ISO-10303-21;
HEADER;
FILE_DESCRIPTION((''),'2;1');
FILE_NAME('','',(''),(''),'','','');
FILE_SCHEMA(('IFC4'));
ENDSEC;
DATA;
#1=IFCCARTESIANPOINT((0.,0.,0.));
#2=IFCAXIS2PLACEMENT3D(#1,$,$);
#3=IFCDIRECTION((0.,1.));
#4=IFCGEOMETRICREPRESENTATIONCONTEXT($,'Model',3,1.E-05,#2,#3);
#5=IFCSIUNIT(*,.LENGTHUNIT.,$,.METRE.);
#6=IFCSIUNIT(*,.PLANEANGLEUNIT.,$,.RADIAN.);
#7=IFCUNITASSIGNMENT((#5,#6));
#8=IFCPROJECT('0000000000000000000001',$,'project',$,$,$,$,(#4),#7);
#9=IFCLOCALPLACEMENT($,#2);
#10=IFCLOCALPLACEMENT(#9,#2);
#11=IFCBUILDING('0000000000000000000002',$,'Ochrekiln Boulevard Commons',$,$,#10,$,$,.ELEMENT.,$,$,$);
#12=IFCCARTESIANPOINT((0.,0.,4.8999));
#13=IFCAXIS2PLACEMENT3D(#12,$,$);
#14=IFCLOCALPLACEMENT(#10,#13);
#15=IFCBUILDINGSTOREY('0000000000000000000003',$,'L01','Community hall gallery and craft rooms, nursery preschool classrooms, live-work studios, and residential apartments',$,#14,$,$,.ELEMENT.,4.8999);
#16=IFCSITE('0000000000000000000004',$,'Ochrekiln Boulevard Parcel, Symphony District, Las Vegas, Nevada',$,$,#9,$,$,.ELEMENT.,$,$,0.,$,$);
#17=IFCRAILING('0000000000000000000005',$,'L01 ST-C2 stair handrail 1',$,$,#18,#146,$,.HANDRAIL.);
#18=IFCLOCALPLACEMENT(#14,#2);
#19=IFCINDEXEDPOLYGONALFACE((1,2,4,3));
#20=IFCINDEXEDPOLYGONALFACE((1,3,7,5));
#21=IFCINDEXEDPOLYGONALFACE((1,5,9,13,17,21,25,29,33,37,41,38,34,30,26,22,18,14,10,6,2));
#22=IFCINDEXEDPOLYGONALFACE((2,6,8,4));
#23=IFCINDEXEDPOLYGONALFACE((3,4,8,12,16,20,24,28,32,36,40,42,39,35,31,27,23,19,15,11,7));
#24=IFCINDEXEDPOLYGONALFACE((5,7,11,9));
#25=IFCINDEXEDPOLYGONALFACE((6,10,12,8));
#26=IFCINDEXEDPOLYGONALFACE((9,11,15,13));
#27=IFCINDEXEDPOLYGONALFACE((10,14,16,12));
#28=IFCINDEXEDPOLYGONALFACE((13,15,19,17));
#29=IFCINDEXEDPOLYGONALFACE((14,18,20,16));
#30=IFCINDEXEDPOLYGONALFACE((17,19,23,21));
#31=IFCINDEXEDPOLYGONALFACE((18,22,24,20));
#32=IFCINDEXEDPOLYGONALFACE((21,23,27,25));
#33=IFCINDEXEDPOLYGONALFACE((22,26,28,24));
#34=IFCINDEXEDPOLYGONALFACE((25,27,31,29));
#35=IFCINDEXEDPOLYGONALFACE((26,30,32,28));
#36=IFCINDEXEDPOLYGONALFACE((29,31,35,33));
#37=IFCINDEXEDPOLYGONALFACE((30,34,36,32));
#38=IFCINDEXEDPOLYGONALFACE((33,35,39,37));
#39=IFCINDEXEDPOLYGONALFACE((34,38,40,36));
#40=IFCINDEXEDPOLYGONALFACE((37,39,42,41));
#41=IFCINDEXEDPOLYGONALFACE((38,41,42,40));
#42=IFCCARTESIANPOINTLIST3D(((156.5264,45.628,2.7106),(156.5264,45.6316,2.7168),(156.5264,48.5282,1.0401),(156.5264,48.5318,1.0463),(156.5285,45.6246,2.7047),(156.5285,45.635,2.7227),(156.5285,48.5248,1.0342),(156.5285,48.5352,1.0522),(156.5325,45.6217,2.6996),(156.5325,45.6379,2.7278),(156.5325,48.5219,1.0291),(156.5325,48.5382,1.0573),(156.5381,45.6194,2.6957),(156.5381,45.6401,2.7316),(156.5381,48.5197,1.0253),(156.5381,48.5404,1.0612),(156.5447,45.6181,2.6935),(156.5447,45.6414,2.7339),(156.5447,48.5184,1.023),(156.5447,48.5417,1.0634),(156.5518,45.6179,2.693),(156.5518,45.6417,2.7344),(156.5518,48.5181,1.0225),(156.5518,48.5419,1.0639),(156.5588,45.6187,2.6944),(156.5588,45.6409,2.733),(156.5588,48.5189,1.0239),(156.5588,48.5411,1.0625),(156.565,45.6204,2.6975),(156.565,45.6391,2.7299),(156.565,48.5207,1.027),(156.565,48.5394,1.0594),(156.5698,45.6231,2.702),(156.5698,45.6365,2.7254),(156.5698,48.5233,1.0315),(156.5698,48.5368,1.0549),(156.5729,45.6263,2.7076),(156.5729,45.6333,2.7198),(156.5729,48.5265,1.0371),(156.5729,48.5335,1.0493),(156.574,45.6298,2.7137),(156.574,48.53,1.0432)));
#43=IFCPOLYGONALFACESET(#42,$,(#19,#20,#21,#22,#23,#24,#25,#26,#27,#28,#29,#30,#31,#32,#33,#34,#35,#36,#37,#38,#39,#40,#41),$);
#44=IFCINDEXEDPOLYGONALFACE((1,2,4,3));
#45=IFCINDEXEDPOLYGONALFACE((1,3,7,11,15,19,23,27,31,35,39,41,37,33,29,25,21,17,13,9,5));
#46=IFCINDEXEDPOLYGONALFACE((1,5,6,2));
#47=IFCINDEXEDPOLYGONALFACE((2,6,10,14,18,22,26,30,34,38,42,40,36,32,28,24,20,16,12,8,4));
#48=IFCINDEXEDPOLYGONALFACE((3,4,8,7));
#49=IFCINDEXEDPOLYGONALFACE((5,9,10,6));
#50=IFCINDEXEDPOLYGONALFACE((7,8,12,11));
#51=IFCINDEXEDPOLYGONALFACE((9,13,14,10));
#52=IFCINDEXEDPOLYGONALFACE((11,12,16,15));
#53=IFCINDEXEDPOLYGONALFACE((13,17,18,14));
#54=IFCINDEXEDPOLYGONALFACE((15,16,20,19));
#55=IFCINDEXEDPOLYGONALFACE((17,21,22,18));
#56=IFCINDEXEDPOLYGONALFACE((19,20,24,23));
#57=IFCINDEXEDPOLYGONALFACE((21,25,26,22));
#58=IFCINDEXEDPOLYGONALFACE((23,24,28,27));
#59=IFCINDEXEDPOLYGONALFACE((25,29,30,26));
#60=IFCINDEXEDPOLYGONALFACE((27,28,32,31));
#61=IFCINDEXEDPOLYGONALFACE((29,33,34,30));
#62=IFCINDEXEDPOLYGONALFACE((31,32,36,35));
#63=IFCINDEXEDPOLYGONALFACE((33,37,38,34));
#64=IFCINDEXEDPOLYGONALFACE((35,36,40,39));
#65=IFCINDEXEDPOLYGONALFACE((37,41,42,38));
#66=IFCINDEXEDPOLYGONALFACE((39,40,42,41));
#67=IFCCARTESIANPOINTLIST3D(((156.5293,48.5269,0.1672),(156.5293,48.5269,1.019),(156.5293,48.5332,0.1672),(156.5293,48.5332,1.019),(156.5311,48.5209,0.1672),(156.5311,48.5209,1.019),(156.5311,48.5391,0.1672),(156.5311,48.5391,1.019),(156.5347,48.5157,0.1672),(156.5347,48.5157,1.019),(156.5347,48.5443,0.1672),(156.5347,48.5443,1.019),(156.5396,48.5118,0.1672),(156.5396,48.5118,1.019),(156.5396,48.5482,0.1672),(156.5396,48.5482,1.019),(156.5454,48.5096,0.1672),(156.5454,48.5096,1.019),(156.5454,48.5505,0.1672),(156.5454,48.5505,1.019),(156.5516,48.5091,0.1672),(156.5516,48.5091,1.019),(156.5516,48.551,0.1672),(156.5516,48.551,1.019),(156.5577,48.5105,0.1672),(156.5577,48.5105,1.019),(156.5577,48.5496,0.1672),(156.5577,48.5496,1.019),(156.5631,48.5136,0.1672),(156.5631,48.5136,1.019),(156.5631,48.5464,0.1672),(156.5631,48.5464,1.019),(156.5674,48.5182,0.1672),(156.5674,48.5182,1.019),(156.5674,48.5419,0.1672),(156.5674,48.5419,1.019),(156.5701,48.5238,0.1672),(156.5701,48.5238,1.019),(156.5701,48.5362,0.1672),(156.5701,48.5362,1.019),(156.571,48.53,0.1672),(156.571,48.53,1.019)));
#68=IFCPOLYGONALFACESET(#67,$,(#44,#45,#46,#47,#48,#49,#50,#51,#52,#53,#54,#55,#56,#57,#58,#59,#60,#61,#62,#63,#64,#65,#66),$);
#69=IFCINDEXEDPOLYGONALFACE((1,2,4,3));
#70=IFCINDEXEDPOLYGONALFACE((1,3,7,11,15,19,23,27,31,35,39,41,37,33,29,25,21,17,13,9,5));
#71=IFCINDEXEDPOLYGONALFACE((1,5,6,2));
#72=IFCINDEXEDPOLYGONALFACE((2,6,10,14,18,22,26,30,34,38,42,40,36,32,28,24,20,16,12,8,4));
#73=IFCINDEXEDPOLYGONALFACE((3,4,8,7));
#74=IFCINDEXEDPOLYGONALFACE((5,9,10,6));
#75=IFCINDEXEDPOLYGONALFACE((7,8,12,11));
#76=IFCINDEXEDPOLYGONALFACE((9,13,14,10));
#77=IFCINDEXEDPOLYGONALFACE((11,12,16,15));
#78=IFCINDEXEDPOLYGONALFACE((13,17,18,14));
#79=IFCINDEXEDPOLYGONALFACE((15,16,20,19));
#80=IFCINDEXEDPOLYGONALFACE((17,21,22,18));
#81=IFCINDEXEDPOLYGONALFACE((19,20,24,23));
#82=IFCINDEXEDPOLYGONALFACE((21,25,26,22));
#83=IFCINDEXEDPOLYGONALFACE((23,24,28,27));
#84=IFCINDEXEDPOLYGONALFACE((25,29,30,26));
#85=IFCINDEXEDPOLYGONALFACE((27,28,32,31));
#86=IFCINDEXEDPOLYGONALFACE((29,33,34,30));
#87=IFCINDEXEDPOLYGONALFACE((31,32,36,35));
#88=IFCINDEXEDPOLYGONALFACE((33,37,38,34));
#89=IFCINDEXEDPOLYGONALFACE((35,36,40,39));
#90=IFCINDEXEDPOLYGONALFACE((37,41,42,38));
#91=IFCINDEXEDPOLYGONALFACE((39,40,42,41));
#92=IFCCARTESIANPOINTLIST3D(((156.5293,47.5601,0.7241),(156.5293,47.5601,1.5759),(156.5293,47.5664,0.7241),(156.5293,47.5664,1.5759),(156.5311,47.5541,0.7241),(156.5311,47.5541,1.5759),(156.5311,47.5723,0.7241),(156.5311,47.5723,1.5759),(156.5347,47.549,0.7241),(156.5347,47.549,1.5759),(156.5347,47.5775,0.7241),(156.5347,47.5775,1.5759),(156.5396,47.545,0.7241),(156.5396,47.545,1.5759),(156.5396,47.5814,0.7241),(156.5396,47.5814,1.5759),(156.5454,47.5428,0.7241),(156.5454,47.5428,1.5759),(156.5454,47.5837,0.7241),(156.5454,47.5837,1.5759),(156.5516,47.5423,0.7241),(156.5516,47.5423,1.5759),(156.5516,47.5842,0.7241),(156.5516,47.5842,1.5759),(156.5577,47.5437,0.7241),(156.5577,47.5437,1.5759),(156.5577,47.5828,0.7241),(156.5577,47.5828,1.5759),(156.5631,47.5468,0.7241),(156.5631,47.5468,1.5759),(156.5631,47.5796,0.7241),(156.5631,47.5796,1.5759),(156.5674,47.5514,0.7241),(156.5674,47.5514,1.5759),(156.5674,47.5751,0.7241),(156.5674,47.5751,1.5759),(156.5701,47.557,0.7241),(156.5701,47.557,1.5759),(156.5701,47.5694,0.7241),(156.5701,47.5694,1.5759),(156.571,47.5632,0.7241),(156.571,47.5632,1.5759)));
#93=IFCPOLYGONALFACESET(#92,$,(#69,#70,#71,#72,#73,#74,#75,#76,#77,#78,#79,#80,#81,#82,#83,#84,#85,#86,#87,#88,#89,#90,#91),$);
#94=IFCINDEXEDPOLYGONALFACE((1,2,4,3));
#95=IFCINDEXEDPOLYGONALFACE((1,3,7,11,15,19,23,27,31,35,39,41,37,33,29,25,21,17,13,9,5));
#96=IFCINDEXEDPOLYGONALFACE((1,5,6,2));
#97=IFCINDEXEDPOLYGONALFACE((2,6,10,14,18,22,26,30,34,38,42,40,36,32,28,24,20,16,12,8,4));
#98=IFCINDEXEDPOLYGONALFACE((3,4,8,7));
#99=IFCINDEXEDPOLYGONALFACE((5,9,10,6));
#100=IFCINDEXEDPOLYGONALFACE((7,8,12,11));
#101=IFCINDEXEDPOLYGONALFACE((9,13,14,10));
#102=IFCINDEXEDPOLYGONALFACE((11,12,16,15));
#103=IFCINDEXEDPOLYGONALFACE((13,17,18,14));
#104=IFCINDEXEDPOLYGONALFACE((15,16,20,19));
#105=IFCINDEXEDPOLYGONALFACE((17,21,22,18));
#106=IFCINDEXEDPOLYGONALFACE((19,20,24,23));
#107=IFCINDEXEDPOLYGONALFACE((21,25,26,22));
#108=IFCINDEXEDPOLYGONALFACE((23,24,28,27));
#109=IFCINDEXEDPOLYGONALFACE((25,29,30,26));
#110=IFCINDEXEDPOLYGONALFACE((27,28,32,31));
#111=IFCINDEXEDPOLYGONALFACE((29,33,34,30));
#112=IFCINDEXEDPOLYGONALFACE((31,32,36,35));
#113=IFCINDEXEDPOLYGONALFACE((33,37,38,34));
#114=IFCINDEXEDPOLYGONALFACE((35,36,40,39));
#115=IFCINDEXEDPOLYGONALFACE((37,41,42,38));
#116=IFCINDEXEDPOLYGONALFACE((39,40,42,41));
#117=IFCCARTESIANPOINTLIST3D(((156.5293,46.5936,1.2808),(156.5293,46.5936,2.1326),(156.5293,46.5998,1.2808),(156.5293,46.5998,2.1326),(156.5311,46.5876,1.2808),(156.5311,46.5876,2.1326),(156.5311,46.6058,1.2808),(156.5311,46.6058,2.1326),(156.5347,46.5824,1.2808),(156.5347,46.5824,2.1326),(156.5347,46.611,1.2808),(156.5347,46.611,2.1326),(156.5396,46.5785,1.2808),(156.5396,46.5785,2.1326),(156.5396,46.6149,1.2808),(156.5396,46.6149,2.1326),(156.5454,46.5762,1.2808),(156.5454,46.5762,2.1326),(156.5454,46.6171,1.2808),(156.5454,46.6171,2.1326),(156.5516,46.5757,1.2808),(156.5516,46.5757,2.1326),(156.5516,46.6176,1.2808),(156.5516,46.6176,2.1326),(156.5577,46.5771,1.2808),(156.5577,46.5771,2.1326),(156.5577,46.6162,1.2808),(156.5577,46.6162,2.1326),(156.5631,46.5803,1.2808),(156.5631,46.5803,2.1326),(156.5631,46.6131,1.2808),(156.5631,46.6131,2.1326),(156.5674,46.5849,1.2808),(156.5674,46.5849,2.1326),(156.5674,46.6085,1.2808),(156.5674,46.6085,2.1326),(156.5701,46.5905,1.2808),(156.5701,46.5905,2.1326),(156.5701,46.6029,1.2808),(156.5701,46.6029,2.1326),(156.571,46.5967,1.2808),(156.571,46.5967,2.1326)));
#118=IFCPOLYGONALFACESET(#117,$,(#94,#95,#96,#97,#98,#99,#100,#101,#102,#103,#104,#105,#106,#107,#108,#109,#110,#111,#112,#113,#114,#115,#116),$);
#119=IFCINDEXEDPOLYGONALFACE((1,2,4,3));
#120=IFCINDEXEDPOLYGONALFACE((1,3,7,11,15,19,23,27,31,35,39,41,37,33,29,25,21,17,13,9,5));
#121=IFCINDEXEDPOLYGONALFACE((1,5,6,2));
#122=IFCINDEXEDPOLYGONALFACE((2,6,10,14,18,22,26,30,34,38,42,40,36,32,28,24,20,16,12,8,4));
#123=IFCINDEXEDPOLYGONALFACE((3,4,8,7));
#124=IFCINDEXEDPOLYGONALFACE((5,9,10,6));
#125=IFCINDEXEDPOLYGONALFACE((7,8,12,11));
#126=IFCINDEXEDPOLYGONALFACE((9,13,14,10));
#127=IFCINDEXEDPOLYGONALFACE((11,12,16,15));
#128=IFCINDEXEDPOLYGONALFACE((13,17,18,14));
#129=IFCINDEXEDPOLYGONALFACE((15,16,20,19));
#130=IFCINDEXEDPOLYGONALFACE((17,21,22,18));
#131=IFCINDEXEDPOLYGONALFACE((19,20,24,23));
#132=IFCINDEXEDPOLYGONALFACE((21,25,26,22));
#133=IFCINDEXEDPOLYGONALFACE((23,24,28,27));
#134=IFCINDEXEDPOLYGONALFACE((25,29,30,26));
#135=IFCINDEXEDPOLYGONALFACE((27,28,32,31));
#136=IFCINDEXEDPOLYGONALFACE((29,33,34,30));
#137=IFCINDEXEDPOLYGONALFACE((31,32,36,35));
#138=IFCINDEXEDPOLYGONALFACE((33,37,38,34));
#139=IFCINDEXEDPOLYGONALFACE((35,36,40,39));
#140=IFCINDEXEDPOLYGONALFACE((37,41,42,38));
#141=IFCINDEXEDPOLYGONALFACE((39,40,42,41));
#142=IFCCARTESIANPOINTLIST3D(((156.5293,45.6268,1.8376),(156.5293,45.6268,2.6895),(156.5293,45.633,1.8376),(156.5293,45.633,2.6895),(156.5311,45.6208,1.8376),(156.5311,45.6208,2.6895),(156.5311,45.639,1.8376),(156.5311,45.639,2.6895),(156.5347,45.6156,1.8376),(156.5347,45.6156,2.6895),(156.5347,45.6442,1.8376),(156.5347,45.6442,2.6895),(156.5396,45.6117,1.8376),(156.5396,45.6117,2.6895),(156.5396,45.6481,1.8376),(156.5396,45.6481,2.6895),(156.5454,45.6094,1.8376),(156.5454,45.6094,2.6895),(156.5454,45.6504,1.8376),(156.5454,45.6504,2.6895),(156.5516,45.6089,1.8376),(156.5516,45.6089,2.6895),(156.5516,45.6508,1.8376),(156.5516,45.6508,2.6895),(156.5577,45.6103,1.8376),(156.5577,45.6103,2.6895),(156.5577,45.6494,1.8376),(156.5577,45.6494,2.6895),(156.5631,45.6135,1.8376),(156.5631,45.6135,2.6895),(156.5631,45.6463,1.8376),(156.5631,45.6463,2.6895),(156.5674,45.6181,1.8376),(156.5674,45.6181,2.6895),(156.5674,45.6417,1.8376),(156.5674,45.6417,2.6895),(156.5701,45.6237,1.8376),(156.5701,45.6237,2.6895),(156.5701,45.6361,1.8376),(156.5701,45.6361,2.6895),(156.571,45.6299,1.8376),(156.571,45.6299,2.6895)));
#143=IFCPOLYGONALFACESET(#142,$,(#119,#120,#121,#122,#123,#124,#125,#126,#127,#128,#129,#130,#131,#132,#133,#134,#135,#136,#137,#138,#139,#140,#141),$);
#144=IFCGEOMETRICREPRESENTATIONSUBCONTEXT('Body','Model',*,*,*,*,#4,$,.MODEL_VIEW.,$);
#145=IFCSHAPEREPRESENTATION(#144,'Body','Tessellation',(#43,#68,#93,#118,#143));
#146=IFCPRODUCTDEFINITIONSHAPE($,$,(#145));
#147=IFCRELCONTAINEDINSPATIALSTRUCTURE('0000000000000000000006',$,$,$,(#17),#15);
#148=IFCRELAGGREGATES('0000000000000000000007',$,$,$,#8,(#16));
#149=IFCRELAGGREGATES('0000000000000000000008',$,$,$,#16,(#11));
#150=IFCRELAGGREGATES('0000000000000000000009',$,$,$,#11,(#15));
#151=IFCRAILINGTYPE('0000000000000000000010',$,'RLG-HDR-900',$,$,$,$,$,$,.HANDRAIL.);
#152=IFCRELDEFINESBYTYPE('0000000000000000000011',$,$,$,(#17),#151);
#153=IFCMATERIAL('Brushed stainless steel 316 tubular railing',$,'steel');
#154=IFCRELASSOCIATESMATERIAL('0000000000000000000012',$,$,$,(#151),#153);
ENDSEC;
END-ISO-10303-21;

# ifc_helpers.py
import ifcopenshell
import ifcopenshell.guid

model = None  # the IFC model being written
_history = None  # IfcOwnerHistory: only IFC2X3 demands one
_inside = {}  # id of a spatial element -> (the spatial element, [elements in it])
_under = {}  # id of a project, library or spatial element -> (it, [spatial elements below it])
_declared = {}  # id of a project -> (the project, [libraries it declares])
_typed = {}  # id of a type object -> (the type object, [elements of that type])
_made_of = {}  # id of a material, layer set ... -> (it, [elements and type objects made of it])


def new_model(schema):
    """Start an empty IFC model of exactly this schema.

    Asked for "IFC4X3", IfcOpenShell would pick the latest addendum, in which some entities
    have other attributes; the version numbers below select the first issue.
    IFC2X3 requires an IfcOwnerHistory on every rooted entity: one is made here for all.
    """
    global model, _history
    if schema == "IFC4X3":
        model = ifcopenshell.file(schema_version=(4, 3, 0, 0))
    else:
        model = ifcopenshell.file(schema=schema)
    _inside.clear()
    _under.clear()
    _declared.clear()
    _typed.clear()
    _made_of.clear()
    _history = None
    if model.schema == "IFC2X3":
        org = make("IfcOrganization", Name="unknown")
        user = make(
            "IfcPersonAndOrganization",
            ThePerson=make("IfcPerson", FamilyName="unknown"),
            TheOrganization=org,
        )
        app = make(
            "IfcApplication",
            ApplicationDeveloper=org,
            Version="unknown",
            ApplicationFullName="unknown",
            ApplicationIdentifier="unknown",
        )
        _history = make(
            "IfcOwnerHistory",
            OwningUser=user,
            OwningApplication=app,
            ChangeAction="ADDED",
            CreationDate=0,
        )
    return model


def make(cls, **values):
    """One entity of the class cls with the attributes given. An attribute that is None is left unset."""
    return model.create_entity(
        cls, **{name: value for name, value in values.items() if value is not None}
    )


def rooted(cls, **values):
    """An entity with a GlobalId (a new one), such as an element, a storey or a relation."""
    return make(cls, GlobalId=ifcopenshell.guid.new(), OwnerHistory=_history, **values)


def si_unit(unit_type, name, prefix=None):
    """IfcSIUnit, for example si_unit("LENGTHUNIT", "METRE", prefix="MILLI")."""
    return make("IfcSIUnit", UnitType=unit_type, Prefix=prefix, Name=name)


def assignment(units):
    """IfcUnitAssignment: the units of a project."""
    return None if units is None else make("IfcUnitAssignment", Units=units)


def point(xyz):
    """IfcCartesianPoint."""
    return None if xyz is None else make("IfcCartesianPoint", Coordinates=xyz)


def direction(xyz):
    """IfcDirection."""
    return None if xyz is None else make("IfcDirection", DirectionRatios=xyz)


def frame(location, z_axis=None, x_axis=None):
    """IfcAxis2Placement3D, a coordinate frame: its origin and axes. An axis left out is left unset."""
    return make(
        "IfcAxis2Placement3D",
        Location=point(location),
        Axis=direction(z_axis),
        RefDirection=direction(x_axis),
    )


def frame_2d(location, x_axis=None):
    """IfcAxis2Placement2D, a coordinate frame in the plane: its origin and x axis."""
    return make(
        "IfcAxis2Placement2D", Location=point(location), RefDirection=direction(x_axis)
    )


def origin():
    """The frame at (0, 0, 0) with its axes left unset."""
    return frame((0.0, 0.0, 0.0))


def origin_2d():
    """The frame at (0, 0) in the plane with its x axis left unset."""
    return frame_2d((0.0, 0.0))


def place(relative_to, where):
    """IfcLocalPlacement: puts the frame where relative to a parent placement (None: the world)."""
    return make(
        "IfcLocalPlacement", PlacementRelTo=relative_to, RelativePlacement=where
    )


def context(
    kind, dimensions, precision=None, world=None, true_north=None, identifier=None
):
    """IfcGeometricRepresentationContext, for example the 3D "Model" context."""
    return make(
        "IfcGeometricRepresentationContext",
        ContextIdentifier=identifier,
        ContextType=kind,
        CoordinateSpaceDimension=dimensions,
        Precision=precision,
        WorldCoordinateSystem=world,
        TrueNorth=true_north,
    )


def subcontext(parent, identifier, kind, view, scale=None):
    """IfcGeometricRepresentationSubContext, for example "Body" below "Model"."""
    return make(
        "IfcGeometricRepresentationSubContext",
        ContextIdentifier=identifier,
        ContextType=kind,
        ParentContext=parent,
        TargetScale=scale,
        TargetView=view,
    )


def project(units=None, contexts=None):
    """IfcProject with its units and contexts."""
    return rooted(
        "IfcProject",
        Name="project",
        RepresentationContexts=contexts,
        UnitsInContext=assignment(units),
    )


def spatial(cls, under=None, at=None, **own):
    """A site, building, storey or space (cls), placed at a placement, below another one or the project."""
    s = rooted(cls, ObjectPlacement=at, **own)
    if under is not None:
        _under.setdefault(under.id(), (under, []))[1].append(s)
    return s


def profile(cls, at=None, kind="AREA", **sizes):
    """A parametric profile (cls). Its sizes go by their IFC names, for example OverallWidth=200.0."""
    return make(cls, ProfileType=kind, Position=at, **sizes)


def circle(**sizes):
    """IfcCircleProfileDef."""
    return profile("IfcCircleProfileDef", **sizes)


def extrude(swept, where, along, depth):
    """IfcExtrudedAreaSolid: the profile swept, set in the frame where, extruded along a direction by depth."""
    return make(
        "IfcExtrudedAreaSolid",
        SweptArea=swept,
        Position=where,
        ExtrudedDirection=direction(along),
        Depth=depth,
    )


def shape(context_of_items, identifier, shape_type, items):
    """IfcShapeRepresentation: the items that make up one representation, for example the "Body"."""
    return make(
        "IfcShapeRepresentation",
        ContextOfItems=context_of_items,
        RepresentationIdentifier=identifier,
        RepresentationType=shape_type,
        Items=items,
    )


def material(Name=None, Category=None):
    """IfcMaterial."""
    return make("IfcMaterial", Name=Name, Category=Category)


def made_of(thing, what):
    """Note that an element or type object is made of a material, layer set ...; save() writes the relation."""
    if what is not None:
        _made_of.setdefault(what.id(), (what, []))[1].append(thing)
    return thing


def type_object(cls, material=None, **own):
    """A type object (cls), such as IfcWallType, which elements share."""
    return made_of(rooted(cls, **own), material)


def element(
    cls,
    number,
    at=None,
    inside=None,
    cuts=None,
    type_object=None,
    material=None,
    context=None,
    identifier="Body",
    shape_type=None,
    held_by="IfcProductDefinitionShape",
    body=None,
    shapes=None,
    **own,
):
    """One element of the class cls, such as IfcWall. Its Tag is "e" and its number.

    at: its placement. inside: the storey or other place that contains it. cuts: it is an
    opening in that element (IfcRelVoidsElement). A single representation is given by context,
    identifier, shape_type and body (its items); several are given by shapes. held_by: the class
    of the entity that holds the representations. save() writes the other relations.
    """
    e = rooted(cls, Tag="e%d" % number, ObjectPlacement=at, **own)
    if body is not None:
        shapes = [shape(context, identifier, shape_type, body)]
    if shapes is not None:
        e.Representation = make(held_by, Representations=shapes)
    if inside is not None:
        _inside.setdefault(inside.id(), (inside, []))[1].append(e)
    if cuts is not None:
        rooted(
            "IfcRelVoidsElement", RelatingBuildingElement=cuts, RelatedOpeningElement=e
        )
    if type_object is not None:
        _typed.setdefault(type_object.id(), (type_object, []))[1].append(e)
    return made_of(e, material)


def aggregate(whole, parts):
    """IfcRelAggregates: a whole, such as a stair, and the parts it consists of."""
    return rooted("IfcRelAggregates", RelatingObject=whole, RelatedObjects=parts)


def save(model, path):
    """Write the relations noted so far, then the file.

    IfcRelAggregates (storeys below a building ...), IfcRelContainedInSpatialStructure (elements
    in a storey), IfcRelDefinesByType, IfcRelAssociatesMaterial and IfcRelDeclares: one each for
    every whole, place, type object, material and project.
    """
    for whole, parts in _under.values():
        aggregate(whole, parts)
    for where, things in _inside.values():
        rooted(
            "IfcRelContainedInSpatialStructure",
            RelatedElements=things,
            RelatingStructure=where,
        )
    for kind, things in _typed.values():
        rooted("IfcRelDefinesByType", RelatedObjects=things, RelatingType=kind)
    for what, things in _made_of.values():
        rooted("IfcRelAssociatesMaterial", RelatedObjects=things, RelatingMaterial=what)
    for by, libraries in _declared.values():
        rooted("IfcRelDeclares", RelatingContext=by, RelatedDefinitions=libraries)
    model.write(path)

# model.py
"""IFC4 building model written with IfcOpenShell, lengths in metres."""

from ifc_helpers import new_model, si_unit, direction, frame, origin, origin_2d, place, context, subcontext, project, spatial, circle, extrude, material, type_object, element, save


model = new_model("IFC4")

# Units and contexts
model_context = context("Model", 3, precision=1e-05, world=origin(), true_north=direction((0.0, 1.0)))
body_context = subcontext(model_context, "Body", "Model", "MODEL_VIEW")
ifc_project = project(units=[si_unit("LENGTHUNIT", "METRE"), si_unit("PLANEANGLEUNIT", "RADIAN")], contexts=[model_context])

# Site, building, storey
site_placement = place(None, origin())
site = spatial("IfcSite", under=ifc_project, at=site_placement, Name="Ochrekiln Boulevard Parcel, Symphony District, Las Vegas, Nevada", CompositionType="ELEMENT", RefElevation=0.0)
building_placement = place(site_placement, origin())
building = spatial("IfcBuilding", under=site, at=building_placement, Name="Ochrekiln Boulevard Commons", CompositionType="ELEMENT")
storey_placement = place(building_placement, frame((0.0, 0.0, 4.8999)))
storey = spatial("IfcBuildingStorey", under=building, at=storey_placement, Name="L01", Description="Community hall gallery and craft rooms, nursery preschool classrooms, live-work studios, and residential apartments", CompositionType="ELEMENT", Elevation=4.8999)

# Railing
ifc_material_1 = material(Name="Brushed stainless steel 316 tubular railing", Category="steel")
railing_type_1 = type_object("IfcRailingType", Name="RLG-HDR-900", PredefinedType="HANDRAIL", material=ifc_material_1)
railing_1_placement = place(storey_placement, frame((156.55, 48.53, 0.1672)))
element("IfcRailing", 1, at=railing_1_placement, inside=storey, type_object=railing_type_1, Name="L01 ST-C2 stair handrail 1", PredefinedType="HANDRAIL", context=body_context, shape_type="SweptSolid", body=[
    extrude(circle(Radius=0.0239, at=origin_2d()), frame((0.0, 0.0, 0.876), z_axis=(0.0, -0.866541, 0.499106), x_axis=(1.0, 0.0, 0.0)), (0.0, 0.0, 1.0), 3.3469),
    extrude(circle(Radius=0.021, at=origin_2d()), origin(), (0.0, 0.0, 1.0), 0.8518),
    extrude(circle(Radius=0.021, at=origin_2d()), frame((0.0, -0.9668, 0.5569)), (0.0, 0.0, 1.0), 0.8518),
    extrude(circle(Radius=0.021, at=origin_2d()), frame((0.0, -1.9333, 1.1135)), (0.0, 0.0, 1.0), 0.8518),
    extrude(circle(Radius=0.021, at=origin_2d()), frame((0.0, -2.9001, 1.6704)), (0.0, 0.0, 1.0), 0.8518),
])

save(model, "model.ifc")
